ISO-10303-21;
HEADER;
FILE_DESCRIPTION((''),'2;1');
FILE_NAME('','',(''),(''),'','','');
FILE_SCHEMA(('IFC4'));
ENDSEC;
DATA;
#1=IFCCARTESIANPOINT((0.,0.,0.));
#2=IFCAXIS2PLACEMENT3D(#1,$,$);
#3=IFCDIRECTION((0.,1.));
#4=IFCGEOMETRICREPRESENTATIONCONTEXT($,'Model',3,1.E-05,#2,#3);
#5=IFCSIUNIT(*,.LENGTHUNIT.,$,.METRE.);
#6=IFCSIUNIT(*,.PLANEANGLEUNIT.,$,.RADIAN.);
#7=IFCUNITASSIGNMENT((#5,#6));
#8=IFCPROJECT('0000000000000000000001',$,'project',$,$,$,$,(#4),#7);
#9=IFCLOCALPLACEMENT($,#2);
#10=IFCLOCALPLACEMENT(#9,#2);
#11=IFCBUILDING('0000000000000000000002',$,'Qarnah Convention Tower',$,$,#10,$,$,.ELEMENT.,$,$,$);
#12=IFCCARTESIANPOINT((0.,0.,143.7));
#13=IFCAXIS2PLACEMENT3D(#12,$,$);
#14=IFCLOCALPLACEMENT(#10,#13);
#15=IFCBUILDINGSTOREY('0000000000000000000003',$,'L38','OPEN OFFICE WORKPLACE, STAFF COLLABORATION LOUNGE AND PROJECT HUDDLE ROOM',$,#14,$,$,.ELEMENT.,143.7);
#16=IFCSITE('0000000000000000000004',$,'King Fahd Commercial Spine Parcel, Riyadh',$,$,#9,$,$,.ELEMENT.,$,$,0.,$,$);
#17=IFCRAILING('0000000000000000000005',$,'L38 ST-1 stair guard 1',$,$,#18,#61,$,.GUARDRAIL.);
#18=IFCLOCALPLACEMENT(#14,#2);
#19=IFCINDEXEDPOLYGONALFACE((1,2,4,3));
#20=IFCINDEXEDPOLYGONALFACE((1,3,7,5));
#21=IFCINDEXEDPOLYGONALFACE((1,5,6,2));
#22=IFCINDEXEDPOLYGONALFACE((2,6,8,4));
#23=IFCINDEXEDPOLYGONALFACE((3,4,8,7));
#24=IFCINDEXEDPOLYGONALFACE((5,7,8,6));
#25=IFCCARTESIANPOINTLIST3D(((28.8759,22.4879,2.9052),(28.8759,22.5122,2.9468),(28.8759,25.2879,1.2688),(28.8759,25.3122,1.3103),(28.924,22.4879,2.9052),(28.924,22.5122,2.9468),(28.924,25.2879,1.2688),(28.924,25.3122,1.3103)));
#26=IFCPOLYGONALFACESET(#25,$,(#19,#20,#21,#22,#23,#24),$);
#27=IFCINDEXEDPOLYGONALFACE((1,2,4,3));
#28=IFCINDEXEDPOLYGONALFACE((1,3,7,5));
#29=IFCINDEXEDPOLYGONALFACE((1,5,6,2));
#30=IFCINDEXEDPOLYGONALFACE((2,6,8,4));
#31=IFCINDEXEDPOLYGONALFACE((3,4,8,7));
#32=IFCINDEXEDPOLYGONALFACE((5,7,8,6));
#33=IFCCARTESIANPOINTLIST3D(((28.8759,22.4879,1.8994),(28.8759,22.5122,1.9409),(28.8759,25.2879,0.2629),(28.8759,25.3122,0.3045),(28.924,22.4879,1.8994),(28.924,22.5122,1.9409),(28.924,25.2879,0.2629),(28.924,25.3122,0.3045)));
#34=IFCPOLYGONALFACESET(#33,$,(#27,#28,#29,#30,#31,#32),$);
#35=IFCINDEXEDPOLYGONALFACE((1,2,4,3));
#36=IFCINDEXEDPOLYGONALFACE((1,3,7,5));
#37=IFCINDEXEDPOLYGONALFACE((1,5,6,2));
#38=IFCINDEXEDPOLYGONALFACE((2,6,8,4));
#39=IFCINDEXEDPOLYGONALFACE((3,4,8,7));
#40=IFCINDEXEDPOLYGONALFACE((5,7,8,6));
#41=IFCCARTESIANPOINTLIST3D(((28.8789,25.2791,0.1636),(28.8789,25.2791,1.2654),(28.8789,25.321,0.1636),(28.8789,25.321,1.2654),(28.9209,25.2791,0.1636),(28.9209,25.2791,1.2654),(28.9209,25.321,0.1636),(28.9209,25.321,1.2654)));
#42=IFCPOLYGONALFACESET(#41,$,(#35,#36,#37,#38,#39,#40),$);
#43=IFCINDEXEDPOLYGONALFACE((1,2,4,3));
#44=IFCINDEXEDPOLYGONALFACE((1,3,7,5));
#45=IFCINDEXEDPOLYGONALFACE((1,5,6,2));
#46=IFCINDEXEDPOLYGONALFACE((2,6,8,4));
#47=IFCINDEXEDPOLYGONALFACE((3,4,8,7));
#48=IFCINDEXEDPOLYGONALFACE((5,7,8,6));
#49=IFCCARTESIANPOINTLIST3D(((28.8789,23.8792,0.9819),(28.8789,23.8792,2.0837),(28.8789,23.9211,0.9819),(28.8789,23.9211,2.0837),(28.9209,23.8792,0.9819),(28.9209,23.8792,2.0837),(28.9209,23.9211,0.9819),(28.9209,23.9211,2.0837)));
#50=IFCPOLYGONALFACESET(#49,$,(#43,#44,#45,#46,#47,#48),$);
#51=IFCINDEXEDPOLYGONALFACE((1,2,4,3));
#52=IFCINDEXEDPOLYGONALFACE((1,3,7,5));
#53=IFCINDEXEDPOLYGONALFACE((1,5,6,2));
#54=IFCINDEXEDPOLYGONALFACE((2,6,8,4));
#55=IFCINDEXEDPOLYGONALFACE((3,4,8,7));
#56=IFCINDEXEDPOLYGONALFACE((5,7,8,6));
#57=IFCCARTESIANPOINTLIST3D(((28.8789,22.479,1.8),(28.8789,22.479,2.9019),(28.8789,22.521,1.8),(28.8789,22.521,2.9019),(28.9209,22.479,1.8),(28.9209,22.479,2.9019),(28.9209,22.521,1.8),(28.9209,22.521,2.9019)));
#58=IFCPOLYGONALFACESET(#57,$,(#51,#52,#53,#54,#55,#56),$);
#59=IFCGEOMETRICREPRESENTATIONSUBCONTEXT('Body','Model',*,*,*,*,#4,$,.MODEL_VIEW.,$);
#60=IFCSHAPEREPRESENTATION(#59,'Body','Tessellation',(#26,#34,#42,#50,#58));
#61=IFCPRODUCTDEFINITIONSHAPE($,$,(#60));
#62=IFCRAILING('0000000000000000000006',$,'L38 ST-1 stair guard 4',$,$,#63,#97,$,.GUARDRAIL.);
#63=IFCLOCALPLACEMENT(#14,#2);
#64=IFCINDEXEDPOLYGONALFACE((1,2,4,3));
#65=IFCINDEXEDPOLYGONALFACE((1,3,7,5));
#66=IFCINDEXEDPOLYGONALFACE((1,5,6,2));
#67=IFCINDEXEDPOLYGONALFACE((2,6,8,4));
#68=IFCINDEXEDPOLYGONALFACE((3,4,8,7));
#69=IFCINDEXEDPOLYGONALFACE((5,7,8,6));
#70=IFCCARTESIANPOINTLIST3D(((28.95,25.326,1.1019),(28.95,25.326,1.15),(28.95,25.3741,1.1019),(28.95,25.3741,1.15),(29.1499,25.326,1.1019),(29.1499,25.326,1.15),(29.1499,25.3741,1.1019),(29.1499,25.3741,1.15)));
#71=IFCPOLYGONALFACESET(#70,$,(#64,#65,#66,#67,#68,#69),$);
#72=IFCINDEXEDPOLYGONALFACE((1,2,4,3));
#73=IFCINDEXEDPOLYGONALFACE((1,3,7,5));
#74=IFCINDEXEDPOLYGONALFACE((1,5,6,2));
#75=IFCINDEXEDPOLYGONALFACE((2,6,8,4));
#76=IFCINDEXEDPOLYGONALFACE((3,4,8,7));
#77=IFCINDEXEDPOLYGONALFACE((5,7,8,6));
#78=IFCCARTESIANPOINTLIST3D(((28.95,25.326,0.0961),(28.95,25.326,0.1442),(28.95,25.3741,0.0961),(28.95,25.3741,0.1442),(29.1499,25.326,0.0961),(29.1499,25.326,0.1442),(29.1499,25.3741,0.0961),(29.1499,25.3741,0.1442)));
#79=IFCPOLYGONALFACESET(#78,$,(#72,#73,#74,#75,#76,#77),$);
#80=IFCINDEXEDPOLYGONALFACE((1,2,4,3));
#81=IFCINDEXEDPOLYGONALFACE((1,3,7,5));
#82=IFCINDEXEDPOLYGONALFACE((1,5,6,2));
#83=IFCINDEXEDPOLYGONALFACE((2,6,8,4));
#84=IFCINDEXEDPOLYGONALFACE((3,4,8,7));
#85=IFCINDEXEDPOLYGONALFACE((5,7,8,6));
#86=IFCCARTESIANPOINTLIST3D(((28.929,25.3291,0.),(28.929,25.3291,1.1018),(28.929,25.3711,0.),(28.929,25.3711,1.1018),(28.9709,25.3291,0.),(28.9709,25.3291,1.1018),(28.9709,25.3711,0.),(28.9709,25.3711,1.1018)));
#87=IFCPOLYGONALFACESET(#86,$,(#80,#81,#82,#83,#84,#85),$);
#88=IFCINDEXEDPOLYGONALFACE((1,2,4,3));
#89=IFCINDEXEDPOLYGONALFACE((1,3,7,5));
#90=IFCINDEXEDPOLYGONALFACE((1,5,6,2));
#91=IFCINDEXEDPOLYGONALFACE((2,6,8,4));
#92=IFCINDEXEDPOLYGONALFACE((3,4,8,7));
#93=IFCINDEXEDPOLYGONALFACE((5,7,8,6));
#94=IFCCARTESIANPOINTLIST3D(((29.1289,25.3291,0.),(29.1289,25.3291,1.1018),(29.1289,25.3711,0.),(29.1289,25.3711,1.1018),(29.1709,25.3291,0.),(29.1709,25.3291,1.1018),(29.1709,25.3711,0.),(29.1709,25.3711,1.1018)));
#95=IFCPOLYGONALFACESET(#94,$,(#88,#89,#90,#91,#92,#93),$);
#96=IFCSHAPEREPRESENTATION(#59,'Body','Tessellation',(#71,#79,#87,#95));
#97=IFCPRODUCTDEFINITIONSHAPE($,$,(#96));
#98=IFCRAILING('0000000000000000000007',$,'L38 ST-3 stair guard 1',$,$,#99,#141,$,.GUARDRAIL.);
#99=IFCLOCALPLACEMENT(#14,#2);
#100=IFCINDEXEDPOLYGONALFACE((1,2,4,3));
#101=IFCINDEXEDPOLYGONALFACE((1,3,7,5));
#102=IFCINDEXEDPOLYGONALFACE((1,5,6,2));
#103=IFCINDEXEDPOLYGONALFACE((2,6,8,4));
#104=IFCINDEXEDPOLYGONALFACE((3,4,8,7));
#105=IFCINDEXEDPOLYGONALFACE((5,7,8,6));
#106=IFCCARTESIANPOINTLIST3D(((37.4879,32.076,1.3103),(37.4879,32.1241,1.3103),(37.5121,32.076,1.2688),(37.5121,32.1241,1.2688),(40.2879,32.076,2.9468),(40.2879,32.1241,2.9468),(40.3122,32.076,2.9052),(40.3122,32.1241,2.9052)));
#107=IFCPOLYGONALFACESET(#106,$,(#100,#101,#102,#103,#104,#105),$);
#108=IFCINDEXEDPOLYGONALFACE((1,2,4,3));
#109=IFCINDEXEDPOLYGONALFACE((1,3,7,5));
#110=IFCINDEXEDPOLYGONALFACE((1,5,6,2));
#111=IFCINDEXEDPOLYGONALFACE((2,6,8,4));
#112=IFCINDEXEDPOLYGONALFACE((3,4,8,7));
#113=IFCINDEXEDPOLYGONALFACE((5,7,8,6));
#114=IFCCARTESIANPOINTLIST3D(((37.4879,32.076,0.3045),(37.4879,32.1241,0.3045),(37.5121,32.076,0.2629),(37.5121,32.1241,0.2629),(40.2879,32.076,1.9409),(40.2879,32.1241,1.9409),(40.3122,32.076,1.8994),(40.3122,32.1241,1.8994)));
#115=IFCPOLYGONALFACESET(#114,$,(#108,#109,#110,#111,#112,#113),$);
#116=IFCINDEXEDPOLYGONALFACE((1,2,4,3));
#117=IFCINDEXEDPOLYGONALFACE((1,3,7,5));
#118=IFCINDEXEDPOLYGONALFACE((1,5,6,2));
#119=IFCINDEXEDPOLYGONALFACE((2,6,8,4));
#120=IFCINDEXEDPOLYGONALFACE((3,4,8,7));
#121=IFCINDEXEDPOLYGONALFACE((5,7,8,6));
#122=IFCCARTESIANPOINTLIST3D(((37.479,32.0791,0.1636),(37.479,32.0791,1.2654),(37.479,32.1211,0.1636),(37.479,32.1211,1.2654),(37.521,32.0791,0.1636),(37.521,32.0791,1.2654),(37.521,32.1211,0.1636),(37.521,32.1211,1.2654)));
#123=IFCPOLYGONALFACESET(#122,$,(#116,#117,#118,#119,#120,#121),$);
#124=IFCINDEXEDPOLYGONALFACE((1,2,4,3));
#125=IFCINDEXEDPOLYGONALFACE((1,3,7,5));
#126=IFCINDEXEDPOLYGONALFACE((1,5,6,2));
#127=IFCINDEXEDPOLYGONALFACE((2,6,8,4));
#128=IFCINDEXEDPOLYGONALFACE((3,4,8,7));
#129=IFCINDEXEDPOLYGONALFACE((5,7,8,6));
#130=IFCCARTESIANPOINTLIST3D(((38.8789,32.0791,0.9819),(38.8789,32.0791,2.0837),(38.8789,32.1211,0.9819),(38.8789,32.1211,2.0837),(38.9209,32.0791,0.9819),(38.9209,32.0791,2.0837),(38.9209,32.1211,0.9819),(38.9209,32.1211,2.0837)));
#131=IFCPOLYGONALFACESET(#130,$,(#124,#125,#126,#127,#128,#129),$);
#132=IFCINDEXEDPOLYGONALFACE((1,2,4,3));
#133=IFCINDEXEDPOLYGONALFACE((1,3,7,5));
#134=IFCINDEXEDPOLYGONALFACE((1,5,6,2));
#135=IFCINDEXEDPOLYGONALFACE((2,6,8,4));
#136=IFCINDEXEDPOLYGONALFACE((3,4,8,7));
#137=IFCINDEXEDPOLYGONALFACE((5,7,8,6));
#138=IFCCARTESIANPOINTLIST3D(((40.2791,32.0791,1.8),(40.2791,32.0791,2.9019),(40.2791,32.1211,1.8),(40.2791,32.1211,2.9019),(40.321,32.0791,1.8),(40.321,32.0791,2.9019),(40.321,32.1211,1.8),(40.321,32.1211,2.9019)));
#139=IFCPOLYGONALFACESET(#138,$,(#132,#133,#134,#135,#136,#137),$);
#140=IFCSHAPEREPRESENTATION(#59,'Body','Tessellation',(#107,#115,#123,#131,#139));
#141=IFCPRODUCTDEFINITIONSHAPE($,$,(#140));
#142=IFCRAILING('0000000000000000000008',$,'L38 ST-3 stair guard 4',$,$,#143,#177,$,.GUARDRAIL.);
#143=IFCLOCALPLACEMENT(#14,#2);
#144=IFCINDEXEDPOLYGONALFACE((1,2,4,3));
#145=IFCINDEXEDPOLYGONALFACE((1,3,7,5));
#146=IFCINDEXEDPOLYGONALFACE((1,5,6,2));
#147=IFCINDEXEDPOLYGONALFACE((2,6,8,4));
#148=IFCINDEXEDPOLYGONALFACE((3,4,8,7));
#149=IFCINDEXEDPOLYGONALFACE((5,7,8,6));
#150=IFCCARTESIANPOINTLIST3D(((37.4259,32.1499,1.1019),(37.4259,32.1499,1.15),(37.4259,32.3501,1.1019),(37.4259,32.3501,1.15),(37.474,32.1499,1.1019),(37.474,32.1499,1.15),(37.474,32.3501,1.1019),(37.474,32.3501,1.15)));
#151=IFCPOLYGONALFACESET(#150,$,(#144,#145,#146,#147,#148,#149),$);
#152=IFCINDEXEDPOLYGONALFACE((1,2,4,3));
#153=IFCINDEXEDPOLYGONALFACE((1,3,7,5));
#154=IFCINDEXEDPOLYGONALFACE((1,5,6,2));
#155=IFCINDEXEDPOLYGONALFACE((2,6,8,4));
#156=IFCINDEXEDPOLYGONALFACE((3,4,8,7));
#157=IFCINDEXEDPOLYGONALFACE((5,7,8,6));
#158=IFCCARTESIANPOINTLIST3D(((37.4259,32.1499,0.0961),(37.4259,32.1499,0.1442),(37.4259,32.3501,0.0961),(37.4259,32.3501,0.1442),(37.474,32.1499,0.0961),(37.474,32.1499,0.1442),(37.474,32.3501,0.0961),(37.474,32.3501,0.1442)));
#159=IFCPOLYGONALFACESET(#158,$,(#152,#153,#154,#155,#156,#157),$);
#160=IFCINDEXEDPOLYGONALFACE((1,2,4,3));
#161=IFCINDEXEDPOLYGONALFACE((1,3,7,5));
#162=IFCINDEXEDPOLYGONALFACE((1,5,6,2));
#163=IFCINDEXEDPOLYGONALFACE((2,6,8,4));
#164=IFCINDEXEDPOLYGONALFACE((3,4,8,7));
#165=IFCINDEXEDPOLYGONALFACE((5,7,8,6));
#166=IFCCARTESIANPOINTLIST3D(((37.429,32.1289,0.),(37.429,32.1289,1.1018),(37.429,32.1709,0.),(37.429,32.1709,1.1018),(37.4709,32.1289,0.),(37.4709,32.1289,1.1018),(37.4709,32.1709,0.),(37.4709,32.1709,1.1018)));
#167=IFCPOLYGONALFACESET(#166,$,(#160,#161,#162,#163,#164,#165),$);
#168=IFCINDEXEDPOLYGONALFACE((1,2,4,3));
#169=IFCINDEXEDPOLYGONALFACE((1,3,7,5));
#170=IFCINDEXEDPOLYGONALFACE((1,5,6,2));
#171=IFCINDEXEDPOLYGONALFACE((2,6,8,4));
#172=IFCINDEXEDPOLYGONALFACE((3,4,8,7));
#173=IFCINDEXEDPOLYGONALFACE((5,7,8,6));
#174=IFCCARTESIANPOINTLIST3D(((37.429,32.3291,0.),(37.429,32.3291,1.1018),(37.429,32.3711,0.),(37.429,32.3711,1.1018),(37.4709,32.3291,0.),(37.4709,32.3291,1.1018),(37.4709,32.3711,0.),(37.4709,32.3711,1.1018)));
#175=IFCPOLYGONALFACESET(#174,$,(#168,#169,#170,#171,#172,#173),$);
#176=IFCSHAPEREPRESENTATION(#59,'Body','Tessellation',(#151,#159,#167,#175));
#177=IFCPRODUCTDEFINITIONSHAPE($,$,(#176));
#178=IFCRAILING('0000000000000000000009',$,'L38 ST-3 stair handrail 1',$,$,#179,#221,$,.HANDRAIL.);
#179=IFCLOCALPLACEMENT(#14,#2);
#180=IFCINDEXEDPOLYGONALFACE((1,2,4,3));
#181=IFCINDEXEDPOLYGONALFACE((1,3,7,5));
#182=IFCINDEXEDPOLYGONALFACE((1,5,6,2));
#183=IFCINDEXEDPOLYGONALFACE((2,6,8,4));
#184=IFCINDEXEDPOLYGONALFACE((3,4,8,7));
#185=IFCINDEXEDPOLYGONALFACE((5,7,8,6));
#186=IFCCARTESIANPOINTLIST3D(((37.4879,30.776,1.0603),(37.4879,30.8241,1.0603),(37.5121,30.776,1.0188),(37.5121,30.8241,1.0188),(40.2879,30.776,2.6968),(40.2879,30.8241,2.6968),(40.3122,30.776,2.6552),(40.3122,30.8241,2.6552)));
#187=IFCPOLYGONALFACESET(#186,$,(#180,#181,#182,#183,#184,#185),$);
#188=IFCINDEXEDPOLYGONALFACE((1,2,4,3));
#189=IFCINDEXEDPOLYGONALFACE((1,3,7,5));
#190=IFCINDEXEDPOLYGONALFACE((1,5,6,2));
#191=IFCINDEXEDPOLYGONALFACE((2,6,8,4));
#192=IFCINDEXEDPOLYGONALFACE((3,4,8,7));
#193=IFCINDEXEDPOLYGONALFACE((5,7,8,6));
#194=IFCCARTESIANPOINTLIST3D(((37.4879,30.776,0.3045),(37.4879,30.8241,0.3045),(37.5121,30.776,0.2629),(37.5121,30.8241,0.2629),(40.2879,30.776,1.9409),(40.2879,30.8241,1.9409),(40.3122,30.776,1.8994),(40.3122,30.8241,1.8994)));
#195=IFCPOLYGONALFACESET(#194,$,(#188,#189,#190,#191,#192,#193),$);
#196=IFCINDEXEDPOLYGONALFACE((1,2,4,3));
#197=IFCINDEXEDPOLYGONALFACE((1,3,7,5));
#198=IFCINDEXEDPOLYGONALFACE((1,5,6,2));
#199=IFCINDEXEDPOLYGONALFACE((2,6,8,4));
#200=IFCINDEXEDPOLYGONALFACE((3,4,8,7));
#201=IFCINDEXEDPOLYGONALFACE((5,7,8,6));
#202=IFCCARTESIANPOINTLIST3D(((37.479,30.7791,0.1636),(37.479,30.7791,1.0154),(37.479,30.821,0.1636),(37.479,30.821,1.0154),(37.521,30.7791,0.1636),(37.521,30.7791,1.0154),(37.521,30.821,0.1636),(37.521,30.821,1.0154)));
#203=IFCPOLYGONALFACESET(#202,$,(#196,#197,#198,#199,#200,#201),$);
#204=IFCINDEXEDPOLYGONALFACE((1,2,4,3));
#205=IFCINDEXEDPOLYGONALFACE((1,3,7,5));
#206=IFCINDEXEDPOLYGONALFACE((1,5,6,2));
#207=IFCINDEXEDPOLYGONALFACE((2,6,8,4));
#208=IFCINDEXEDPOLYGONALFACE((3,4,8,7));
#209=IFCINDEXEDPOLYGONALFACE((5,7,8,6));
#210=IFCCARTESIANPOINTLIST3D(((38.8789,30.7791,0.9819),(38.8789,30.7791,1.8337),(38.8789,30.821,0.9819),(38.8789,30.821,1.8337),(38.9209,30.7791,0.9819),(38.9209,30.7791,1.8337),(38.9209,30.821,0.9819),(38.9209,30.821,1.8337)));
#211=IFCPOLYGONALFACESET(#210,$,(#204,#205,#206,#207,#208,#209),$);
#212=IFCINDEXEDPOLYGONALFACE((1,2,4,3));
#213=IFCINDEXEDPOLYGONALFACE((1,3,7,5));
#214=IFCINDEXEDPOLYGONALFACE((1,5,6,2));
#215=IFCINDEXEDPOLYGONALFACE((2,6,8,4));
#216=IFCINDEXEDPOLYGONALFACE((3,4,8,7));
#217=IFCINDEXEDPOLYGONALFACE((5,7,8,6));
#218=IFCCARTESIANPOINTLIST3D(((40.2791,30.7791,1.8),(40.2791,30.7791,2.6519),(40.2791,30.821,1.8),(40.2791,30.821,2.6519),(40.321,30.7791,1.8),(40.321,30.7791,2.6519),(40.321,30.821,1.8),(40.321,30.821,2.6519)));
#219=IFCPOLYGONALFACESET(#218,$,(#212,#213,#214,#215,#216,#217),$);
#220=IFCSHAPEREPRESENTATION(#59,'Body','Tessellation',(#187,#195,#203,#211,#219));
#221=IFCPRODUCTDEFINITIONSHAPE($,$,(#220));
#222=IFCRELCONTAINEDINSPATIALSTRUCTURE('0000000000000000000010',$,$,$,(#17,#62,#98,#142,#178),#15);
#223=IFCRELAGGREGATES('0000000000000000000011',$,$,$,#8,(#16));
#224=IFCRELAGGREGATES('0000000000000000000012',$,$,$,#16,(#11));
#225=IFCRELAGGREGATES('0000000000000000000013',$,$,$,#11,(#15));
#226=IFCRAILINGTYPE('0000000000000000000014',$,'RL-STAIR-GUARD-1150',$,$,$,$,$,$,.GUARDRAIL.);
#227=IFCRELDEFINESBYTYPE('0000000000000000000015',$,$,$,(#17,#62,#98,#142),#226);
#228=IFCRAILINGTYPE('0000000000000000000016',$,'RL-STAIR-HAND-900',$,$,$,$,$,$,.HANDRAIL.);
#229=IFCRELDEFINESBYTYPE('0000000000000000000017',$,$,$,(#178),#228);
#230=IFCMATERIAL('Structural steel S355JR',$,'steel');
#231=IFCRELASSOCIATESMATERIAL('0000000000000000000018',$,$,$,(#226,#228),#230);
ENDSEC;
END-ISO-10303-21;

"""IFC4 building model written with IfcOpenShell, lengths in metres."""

from ifc_helpers import new_model, si_unit, direction, frame, origin, origin_2d, place, context, subcontext, project, spatial, rectangle, extrude, material, type_object, element, save


model = new_model("IFC4")

# Units and contexts
model_context = context("Model", 3, precision=1e-05, world=origin(), true_north=direction((0.0, 1.0)))
body_context = subcontext(model_context, "Body", "Model", "MODEL_VIEW")
ifc_project = project(units=[si_unit("LENGTHUNIT", "METRE"), si_unit("PLANEANGLEUNIT", "RADIAN")], contexts=[model_context])

# Site, building, storey
site_placement = place(None, origin())
site = spatial("IfcSite", under=ifc_project, at=site_placement, Name="King Fahd Commercial Spine Parcel, Riyadh", CompositionType="ELEMENT", RefElevation=0.0)
building_placement = place(site_placement, origin())
building = spatial("IfcBuilding", under=site, at=building_placement, Name="Qarnah Convention Tower", CompositionType="ELEMENT")
storey_placement = place(building_placement, frame((0.0, 0.0, 143.7)))
storey = spatial("IfcBuildingStorey", under=building, at=storey_placement, Name="L38", Description="OPEN OFFICE WORKPLACE, STAFF COLLABORATION LOUNGE AND PROJECT HUDDLE ROOM", CompositionType="ELEMENT", Elevation=143.7)

# Shared definitions
ifc_material_1 = material(Name="Structural steel S355JR", Category="steel")

# Railings
railing_type_1 = type_object("IfcRailingType", Name="RL-STAIR-GUARD-1150", PredefinedType="GUARDRAIL", material=ifc_material_1)
railing_1_placement = place(storey_placement, frame((28.8999, 25.3, 0.1636)))
element("IfcRailing", 1, at=railing_1_placement, inside=storey, type_object=railing_type_1, Name="L38 ST-1 stair guard 1", PredefinedType="GUARDRAIL", context=body_context, shape_type="SweptSolid", body=[
    extrude(rectangle(XDim=0.0481, YDim=0.0481, at=origin_2d()), frame((0.0, 0.0, 1.126), z_axis=(0.0, -0.863361, 0.504587), x_axis=(1.0, 0.0, 0.0)), (0.0, 0.0, 1.0), 3.2432),
    extrude(rectangle(XDim=0.0481, YDim=0.0481, at=origin_2d()), frame((0.0, 0.0, 0.1201), z_axis=(0.0, -0.863361, 0.504587), x_axis=(1.0, 0.0, 0.0)), (0.0, 0.0, 1.0), 3.2432),
    extrude(rectangle(XDim=0.042, YDim=0.042, at=origin_2d()), origin(), (0.0, 0.0, 1.0), 1.1018),
    extrude(rectangle(XDim=0.042, YDim=0.042, at=origin_2d()), frame((0.0, -1.3999, 0.8184)), (0.0, 0.0, 1.0), 1.1018),
    extrude(rectangle(XDim=0.042, YDim=0.042, at=origin_2d()), frame((0.0, -2.8, 1.6365)), (0.0, 0.0, 1.0), 1.1018),
])
railing_2_placement = place(storey_placement, frame((28.95, 25.3501, 0.0)))
element("IfcRailing", 2, at=railing_2_placement, inside=storey, type_object=railing_type_1, Name="L38 ST-1 stair guard 4", PredefinedType="GUARDRAIL", context=body_context, shape_type="SweptSolid", body=[
    extrude(rectangle(XDim=0.0481, YDim=0.0481, at=origin_2d()), frame((0.0, 0.0, 1.126), z_axis=(1.0, 0.0, 0.0), x_axis=(0.0, 1.0, 0.0)), (0.0, 0.0, 1.0), 0.2),
    extrude(rectangle(XDim=0.0481, YDim=0.0481, at=origin_2d()), frame((0.0, 0.0, 0.1201), z_axis=(1.0, 0.0, 0.0), x_axis=(0.0, 1.0, 0.0)), (0.0, 0.0, 1.0), 0.2),
    extrude(rectangle(XDim=0.042, YDim=0.042, at=origin_2d()), origin(), (0.0, 0.0, 1.0), 1.1018),
    extrude(rectangle(XDim=0.042, YDim=0.042, at=origin_2d()), frame((0.2, 0.0, 0.0)), (0.0, 0.0, 1.0), 1.1018),
])
railing_3_placement = place(storey_placement, frame((37.5, 32.1001, 0.1636)))
element("IfcRailing", 3, at=railing_3_placement, inside=storey, type_object=railing_type_1, Name="L38 ST-3 stair guard 1", PredefinedType="GUARDRAIL", context=body_context, shape_type="SweptSolid", body=[
    extrude(rectangle(XDim=0.0481, YDim=0.0481, at=origin_2d()), frame((0.0, 0.0, 1.126), z_axis=(0.863361, 0.0, 0.504587), x_axis=(0.0, 1.0, 0.0)), (0.0, 0.0, 1.0), 3.2432),
    extrude(rectangle(XDim=0.0481, YDim=0.0481, at=origin_2d()), frame((0.0, 0.0, 0.1201), z_axis=(0.863361, 0.0, 0.504587), x_axis=(0.0, 1.0, 0.0)), (0.0, 0.0, 1.0), 3.2432),
    extrude(rectangle(XDim=0.042, YDim=0.042, at=origin_2d()), origin(), (0.0, 0.0, 1.0), 1.1018),
    extrude(rectangle(XDim=0.042, YDim=0.042, at=origin_2d()), frame((1.3999, 0.0, 0.8184)), (0.0, 0.0, 1.0), 1.1018),
    extrude(rectangle(XDim=0.042, YDim=0.042, at=origin_2d()), frame((2.8, 0.0, 1.6365)), (0.0, 0.0, 1.0), 1.1018),
])
railing_4_placement = place(storey_placement, frame((37.45, 32.1499, 0.0)))
element("IfcRailing", 4, at=railing_4_placement, inside=storey, type_object=railing_type_1, Name="L38 ST-3 stair guard 4", PredefinedType="GUARDRAIL", context=body_context, shape_type="SweptSolid", body=[
    extrude(rectangle(XDim=0.0481, YDim=0.0481, at=origin_2d()), frame((0.0, 0.0, 1.126), z_axis=(0.0, 1.0, 0.0), x_axis=(-1.0, 0.0, 0.0)), (0.0, 0.0, 1.0), 0.2002),
    extrude(rectangle(XDim=0.0481, YDim=0.0481, at=origin_2d()), frame((0.0, 0.0, 0.1201), z_axis=(0.0, 1.0, 0.0), x_axis=(-1.0, 0.0, 0.0)), (0.0, 0.0, 1.0), 0.2002),
    extrude(rectangle(XDim=0.042, YDim=0.042, at=origin_2d()), origin(), (0.0, 0.0, 1.0), 1.1018),
    extrude(rectangle(XDim=0.042, YDim=0.042, at=origin_2d()), frame((0.0, 0.2002, 0.0)), (0.0, 0.0, 1.0), 1.1018),
])
railing_type_2 = type_object("IfcRailingType", Name="RL-STAIR-HAND-900", PredefinedType="HANDRAIL", material=ifc_material_1)
railing_5_placement = place(storey_placement, frame((37.5, 30.8, 0.1636)))
element("IfcRailing", 5, at=railing_5_placement, inside=storey, type_object=railing_type_2, Name="L38 ST-3 stair handrail 1", PredefinedType="HANDRAIL", context=body_context, shape_type="SweptSolid", body=[
    extrude(rectangle(XDim=0.0481, YDim=0.0481, at=origin_2d()), frame((0.0, 0.0, 0.876), z_axis=(0.863361, 0.0, 0.504587), x_axis=(0.0, 1.0, 0.0)), (0.0, 0.0, 1.0), 3.2432),
    extrude(rectangle(XDim=0.0481, YDim=0.0481, at=origin_2d()), frame((0.0, 0.0, 0.1201), z_axis=(0.863361, 0.0, 0.504587), x_axis=(0.0, 1.0, 0.0)), (0.0, 0.0, 1.0), 3.2432),
    extrude(rectangle(XDim=0.042, YDim=0.042, at=origin_2d()), origin(), (0.0, 0.0, 1.0), 0.8518),
    extrude(rectangle(XDim=0.042, YDim=0.042, at=origin_2d()), frame((1.3999, 0.0, 0.8184)), (0.0, 0.0, 1.0), 0.8518),
    extrude(rectangle(XDim=0.042, YDim=0.042, at=origin_2d()), frame((2.8, 0.0, 1.6365)), (0.0, 0.0, 1.0), 0.8518),
])

save(model, "model.ifc")
